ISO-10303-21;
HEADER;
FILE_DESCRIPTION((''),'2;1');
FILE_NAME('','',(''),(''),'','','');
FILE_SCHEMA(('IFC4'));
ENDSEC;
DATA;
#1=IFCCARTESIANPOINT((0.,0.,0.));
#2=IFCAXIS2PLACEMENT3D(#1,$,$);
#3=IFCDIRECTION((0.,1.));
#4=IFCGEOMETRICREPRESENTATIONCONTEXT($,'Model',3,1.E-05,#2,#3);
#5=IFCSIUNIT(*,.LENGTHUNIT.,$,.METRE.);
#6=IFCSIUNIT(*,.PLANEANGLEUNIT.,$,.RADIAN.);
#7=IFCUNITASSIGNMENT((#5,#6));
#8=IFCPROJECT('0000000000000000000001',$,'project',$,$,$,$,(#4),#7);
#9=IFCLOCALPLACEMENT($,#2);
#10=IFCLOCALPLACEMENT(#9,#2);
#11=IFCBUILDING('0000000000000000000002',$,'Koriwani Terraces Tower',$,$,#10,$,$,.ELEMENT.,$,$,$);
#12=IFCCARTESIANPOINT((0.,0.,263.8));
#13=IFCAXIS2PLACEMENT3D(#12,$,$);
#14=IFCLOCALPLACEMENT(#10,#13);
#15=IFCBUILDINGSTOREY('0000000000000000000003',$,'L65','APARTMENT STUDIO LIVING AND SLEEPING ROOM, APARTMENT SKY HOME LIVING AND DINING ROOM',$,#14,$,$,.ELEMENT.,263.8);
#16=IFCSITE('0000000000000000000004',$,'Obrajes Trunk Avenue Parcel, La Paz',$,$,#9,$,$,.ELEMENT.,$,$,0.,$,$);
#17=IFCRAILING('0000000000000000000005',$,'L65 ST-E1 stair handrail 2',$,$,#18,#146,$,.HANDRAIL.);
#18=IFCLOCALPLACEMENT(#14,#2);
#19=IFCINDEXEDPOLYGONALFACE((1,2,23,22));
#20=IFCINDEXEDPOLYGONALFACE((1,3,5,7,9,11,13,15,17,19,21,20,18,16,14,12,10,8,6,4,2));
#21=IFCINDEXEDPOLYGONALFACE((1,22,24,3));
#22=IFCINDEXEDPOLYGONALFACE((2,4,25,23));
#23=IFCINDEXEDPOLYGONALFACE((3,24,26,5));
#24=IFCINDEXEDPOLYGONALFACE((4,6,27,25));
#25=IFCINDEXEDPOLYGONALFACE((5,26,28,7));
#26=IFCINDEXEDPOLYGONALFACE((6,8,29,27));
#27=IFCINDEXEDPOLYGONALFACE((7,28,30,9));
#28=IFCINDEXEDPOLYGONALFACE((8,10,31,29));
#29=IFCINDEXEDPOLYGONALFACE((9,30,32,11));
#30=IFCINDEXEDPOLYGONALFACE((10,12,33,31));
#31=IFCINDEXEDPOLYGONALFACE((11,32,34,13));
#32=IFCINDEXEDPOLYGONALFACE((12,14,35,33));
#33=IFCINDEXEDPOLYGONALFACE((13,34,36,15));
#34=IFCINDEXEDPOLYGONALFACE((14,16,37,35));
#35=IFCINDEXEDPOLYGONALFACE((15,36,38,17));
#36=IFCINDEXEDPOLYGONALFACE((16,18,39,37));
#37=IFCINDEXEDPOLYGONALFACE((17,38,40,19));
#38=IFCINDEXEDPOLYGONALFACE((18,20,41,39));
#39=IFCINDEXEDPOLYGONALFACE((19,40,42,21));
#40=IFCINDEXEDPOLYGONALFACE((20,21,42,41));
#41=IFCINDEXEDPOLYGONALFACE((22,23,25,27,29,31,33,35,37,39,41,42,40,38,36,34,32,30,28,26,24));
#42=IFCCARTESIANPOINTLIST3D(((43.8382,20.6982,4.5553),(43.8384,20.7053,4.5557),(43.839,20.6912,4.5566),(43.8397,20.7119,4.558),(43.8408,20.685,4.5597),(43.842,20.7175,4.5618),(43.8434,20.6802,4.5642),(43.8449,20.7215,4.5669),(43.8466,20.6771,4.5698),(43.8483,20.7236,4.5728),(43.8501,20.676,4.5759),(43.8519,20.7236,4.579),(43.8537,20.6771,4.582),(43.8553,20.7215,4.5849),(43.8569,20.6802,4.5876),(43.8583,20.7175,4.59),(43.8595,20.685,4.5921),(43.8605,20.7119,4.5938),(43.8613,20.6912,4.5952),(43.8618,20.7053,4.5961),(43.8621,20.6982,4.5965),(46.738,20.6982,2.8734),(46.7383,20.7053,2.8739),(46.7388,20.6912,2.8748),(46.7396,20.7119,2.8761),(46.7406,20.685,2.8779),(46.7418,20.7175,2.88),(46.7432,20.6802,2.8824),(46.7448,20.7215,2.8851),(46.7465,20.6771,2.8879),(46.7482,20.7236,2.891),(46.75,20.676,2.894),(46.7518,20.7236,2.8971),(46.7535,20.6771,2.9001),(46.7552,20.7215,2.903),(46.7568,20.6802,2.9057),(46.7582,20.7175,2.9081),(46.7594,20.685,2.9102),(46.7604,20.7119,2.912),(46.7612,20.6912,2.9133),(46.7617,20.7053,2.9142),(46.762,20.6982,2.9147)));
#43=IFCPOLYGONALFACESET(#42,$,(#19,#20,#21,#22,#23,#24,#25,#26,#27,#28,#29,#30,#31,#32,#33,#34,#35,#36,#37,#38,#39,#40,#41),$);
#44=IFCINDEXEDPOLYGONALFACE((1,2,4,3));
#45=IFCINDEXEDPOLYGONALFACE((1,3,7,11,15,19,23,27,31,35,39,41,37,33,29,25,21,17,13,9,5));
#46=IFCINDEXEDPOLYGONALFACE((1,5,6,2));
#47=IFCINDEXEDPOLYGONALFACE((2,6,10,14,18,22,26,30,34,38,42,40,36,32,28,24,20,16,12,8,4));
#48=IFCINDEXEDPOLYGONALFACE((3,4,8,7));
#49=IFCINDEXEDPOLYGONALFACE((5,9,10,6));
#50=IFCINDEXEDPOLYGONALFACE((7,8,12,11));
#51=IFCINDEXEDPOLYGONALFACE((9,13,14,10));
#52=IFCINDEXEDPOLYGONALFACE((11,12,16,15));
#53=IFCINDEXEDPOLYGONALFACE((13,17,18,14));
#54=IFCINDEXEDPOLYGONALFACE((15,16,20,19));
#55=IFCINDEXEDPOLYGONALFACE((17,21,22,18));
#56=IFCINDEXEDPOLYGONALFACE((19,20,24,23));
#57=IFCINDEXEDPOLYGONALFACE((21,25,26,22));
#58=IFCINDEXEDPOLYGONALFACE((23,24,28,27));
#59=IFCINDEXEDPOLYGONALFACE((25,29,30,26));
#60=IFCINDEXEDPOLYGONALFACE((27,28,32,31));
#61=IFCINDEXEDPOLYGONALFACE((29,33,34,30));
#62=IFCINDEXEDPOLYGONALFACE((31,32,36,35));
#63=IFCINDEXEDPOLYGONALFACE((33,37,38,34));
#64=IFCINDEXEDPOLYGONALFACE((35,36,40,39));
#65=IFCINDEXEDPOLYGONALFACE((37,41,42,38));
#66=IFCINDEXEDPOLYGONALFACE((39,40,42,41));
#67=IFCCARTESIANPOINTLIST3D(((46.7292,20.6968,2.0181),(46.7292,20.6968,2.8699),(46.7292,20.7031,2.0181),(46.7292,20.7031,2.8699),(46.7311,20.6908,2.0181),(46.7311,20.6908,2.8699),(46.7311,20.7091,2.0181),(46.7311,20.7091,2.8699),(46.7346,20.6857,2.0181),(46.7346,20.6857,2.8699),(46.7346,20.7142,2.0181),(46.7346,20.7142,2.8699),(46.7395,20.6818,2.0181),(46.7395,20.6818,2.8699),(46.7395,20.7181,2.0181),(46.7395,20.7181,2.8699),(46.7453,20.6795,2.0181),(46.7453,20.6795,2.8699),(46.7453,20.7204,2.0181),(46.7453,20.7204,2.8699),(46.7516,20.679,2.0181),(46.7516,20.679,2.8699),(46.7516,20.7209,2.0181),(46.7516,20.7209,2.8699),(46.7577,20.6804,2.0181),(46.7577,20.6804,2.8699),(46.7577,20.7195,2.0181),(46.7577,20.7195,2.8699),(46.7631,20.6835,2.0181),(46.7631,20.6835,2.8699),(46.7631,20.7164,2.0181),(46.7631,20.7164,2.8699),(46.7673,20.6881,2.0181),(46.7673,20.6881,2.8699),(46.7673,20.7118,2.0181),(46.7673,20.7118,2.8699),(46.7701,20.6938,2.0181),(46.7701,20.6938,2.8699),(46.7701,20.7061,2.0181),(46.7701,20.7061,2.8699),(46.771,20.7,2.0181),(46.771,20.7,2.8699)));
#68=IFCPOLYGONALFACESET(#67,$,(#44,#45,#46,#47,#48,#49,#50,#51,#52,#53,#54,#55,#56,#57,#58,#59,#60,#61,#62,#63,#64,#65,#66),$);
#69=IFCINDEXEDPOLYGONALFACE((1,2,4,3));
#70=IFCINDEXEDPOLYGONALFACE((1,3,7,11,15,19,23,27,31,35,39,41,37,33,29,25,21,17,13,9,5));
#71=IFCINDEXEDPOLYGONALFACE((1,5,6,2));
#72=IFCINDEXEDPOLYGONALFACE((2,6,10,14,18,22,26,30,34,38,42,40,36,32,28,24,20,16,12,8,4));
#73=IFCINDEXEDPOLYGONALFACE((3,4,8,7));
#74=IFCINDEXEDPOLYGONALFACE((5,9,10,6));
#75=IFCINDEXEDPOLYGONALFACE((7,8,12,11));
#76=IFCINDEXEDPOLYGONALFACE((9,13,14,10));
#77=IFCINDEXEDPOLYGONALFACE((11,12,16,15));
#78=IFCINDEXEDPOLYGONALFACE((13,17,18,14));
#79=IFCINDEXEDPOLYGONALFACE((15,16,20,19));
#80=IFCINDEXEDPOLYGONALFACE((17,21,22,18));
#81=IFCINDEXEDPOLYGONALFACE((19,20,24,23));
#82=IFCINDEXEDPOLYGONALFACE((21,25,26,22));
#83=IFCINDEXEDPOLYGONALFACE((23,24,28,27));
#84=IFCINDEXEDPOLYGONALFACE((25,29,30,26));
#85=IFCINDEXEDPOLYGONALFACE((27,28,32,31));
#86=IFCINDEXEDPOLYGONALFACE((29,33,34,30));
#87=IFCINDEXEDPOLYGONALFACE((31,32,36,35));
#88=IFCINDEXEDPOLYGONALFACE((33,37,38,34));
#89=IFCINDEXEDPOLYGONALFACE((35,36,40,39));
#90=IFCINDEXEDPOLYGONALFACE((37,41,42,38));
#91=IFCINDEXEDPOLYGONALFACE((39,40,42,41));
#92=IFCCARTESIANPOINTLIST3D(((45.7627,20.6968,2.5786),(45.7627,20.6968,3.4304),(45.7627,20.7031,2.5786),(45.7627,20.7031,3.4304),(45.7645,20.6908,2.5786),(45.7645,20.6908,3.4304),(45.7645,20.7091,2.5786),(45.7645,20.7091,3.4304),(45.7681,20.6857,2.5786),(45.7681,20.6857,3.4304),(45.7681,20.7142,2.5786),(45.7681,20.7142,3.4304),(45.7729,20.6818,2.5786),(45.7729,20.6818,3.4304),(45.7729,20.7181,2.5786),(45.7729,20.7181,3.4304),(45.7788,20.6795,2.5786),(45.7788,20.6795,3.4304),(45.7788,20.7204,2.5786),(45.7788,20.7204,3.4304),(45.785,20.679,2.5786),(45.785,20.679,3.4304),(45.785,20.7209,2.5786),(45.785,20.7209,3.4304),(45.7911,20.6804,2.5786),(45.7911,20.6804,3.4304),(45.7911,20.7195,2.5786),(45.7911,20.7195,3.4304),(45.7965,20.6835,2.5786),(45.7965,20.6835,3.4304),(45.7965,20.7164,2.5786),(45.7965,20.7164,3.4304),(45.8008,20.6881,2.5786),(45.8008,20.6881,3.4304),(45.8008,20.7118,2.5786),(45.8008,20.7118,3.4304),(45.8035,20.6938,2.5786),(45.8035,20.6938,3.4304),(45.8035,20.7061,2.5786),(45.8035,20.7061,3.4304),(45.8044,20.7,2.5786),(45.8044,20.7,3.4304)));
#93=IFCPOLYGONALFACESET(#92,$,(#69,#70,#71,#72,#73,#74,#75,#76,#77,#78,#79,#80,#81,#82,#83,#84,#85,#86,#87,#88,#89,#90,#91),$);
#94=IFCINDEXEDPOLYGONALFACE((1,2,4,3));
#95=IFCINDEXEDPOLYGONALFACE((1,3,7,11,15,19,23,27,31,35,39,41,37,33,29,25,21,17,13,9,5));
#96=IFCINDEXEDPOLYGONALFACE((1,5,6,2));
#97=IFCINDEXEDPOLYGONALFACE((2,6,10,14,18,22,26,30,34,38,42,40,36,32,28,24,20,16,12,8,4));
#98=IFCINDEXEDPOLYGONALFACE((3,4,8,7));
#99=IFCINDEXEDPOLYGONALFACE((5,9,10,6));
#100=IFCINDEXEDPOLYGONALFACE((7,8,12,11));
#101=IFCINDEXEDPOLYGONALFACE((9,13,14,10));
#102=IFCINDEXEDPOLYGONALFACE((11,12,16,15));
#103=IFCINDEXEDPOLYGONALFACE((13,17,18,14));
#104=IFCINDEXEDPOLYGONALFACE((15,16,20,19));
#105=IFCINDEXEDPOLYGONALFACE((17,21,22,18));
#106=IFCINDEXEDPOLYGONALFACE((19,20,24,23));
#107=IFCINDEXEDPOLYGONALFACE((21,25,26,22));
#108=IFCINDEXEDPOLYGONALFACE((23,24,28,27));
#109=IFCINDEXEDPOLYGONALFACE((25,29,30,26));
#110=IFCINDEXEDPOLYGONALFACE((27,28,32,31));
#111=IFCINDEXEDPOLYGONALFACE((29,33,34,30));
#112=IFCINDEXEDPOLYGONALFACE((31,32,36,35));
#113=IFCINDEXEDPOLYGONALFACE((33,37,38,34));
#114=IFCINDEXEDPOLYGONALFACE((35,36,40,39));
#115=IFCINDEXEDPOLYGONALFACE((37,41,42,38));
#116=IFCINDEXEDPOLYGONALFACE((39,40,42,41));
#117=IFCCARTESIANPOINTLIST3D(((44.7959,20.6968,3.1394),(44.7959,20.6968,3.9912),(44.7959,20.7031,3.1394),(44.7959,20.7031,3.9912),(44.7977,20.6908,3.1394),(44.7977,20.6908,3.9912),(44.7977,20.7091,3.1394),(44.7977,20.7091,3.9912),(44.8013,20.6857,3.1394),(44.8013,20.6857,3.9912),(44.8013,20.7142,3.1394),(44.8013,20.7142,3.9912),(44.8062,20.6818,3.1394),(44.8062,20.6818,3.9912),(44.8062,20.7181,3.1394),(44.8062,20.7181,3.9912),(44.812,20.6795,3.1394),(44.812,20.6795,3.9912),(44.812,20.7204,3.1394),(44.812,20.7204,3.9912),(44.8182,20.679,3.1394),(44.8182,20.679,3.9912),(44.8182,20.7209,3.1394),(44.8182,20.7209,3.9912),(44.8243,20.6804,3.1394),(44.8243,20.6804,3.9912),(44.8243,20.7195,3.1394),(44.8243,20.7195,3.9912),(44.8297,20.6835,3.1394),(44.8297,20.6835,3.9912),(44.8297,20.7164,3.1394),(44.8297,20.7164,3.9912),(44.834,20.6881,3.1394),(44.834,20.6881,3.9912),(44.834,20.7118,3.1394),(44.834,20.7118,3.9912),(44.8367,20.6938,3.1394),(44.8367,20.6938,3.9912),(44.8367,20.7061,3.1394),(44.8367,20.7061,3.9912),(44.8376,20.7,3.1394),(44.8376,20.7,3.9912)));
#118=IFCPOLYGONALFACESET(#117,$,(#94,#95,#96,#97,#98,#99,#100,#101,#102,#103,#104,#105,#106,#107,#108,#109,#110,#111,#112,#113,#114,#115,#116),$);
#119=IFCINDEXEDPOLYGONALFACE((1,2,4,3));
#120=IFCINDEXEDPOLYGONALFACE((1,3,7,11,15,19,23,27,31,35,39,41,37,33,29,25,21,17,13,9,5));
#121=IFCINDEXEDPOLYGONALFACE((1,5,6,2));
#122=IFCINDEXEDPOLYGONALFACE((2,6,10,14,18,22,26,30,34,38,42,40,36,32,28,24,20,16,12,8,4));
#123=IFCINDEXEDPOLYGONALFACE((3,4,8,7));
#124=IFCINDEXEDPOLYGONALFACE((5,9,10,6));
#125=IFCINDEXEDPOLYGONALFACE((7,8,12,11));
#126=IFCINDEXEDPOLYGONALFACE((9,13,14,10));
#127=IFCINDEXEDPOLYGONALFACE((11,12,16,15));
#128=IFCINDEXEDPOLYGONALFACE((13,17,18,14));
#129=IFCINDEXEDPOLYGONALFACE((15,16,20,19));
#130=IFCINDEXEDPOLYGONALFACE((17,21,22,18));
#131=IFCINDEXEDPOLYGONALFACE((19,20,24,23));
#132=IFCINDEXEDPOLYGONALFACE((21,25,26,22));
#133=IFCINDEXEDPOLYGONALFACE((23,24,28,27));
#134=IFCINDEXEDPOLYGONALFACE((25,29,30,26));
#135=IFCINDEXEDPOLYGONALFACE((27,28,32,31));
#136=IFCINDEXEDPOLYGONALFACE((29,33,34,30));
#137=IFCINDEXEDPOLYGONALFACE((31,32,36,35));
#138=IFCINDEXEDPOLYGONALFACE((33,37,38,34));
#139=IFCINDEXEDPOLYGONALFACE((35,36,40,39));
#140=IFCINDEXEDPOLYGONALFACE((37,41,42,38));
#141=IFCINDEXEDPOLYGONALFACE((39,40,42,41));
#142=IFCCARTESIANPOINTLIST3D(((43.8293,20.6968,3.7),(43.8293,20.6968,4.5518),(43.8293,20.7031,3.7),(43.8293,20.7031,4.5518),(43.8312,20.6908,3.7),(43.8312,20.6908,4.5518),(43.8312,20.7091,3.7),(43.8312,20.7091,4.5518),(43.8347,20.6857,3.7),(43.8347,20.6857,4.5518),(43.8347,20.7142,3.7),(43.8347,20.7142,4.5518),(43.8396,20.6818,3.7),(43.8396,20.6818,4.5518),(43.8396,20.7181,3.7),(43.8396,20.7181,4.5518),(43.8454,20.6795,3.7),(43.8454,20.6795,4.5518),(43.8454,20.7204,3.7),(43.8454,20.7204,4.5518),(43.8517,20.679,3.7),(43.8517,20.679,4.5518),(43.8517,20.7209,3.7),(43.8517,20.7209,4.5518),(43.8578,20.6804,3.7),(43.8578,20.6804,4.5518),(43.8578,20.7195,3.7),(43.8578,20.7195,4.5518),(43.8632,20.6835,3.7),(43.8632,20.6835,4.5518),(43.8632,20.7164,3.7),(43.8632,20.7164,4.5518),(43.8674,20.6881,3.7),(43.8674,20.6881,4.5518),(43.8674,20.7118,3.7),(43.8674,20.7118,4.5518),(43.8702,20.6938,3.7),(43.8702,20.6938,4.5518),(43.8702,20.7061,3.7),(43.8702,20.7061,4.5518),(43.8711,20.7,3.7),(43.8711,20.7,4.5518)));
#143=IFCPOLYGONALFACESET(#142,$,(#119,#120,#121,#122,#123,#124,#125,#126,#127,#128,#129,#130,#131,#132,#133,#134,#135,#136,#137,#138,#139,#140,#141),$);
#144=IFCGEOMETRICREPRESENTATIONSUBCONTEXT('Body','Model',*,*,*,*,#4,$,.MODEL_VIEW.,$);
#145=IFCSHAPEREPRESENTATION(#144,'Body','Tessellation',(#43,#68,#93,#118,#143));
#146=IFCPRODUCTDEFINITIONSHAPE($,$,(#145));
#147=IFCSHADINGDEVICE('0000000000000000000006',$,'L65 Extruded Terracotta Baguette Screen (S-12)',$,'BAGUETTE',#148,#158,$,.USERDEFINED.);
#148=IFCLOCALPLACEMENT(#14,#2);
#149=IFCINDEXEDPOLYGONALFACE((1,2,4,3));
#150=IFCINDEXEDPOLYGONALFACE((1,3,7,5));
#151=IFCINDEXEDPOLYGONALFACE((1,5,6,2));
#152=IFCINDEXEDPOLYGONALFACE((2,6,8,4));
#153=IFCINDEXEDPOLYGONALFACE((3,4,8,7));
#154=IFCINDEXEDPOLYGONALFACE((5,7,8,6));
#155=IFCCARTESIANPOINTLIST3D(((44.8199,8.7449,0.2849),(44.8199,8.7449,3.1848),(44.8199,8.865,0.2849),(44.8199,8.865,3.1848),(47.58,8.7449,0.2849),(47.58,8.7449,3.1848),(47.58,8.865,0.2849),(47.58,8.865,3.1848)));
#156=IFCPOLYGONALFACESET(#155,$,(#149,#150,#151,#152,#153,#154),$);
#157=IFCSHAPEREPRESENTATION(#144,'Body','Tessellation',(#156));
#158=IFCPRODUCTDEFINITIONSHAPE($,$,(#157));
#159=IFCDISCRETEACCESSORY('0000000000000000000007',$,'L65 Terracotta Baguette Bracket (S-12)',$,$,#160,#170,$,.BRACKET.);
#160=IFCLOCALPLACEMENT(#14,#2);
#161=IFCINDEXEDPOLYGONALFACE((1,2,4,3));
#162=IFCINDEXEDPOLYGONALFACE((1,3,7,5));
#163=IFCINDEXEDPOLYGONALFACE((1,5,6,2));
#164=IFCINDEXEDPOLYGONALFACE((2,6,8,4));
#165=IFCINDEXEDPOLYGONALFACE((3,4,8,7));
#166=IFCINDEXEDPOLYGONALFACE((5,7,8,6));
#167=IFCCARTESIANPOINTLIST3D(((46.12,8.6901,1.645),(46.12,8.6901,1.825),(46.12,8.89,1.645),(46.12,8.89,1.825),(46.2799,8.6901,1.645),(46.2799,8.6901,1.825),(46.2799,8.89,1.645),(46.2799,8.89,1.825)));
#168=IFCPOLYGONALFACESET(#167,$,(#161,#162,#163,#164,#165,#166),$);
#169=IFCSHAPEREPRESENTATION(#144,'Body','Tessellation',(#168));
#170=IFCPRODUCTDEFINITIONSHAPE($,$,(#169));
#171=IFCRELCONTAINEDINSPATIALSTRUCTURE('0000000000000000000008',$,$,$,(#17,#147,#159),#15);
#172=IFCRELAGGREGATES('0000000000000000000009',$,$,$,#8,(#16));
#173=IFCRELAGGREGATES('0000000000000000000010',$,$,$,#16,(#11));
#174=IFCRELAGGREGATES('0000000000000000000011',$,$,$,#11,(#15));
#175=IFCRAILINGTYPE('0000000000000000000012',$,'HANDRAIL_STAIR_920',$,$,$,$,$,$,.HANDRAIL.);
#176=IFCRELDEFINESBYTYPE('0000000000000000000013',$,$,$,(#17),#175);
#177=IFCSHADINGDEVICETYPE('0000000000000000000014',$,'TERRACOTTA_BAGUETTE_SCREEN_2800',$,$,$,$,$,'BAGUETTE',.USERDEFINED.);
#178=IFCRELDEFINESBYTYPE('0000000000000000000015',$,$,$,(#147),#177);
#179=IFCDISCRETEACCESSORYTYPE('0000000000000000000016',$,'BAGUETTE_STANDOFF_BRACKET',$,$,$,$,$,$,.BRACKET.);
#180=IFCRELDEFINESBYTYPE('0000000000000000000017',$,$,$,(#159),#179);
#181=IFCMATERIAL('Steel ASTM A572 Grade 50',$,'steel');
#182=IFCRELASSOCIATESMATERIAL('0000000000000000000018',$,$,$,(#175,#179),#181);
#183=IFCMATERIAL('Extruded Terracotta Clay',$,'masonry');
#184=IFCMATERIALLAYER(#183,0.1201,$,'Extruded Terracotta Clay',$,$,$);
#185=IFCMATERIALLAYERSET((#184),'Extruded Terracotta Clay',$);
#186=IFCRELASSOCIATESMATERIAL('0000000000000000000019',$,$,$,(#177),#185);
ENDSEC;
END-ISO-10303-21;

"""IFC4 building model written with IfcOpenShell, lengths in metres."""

from ifc_helpers import new_model, si_unit, direction, frame, origin, origin_2d, place, context, subcontext, project, spatial, rectangle, circle, extrude, material, layer, layer_set, type_object, element, save


model = new_model("IFC4")

# Units and contexts
model_context = context("Model", 3, precision=1e-05, world=origin(), true_north=direction((0.0, 1.0)))
body_context = subcontext(model_context, "Body", "Model", "MODEL_VIEW")
ifc_project = project(units=[si_unit("LENGTHUNIT", "METRE"), si_unit("PLANEANGLEUNIT", "RADIAN")], contexts=[model_context])

# Site, building, storey
site_placement = place(None, origin())
site = spatial("IfcSite", under=ifc_project, at=site_placement, Name="Obrajes Trunk Avenue Parcel, La Paz", CompositionType="ELEMENT", RefElevation=0.0)
building_placement = place(site_placement, origin())
building = spatial("IfcBuilding", under=site, at=building_placement, Name="Koriwani Terraces Tower", CompositionType="ELEMENT")
storey_placement = place(building_placement, frame((0.0, 0.0, 263.8)))
storey = spatial("IfcBuildingStorey", under=building, at=storey_placement, Name="L65", Description="APARTMENT STUDIO LIVING AND SLEEPING ROOM, APARTMENT SKY HOME LIVING AND DINING ROOM", CompositionType="ELEMENT", Elevation=263.8)

# Shared definitions
ifc_material_1 = material(Name="Steel ASTM A572 Grade 50", Category="steel")

# Railing
railing_type_1 = type_object("IfcRailingType", Name="HANDRAIL_STAIR_920", PredefinedType="HANDRAIL", material=ifc_material_1)
railing_1_placement = place(storey_placement, frame((46.75, 20.7, 2.0181)))
element("IfcRailing", 1, at=railing_1_placement, inside=storey, type_object=railing_type_1, Name="L65 ST-E1 stair handrail 2", PredefinedType="HANDRAIL", context=body_context, shape_type="SweptSolid", body=[
    extrude(circle(Radius=0.0239, at=origin_2d()), frame((0.0, 0.0, 0.876), z_axis=(-0.865039, 0.0, 0.501705), x_axis=(0.0, -1.0, 0.0)), (0.0, 0.0, 1.0), 3.3523),
    extrude(circle(Radius=0.021, at=origin_2d()), origin(), (0.0, 0.0, 1.0), 0.8518),
    extrude(circle(Radius=0.021, at=origin_2d()), frame((-0.9666, 0.0, 0.5605)), (0.0, 0.0, 1.0), 0.8518),
    extrude(circle(Radius=0.021, at=origin_2d()), frame((-1.9333, 0.0, 1.1213)), (0.0, 0.0, 1.0), 0.8518),
    extrude(circle(Radius=0.021, at=origin_2d()), frame((-2.8999, 0.0, 1.6819)), (0.0, 0.0, 1.0), 0.8518),
])

# Shading device
ifc_material_2 = material(Name="Extruded Terracotta Clay", Category="masonry")
ifc_layer_1 = layer(ifc_material_2, 0.1201, Name="Extruded Terracotta Clay")
ifc_layer_set_1 = layer_set([ifc_layer_1], Name="Extruded Terracotta Clay")
shading_device_type = type_object("IfcShadingDeviceType", Name="TERRACOTTA_BAGUETTE_SCREEN_2800", ElementType="BAGUETTE", PredefinedType="USERDEFINED", material=ifc_layer_set_1)
shading_device_placement = place(storey_placement, frame((46.2, 8.8049, 0.2849), z_axis=(0.0, 0.0, 1.0), x_axis=(-1.0, 0.0, 0.0)))
element("IfcShadingDevice", 2, at=shading_device_placement, inside=storey, type_object=shading_device_type, Name="L65 Extruded Terracotta Baguette Screen (S-12)", ObjectType="BAGUETTE", PredefinedType="USERDEFINED", context=body_context, shape_type="SweptSolid", body=[
    extrude(rectangle(XDim=2.76, YDim=0.1201, at=origin_2d()), origin(), (0.0, 0.0, 1.0), 2.8999),
])

# Discrete accessory
discrete_accessory_type = type_object("IfcDiscreteAccessoryType", Name="BAGUETTE_STANDOFF_BRACKET", PredefinedType="BRACKET", material=ifc_material_1)
discrete_accessory_placement = place(storey_placement, frame((46.2, 8.79, 1.645), z_axis=(0.0, 0.0, 1.0), x_axis=(-1.0, 0.0, 0.0)))
element("IfcDiscreteAccessory", 3, at=discrete_accessory_placement, inside=storey, type_object=discrete_accessory_type, Name="L65 Terracotta Baguette Bracket (S-12)", PredefinedType="BRACKET", context=body_context, shape_type="SweptSolid", body=[
    extrude(rectangle(XDim=0.1599, YDim=0.2, at=origin_2d()), origin(), (0.0, 0.0, 1.0), 0.1799),
])

save(model, "model.ifc")
